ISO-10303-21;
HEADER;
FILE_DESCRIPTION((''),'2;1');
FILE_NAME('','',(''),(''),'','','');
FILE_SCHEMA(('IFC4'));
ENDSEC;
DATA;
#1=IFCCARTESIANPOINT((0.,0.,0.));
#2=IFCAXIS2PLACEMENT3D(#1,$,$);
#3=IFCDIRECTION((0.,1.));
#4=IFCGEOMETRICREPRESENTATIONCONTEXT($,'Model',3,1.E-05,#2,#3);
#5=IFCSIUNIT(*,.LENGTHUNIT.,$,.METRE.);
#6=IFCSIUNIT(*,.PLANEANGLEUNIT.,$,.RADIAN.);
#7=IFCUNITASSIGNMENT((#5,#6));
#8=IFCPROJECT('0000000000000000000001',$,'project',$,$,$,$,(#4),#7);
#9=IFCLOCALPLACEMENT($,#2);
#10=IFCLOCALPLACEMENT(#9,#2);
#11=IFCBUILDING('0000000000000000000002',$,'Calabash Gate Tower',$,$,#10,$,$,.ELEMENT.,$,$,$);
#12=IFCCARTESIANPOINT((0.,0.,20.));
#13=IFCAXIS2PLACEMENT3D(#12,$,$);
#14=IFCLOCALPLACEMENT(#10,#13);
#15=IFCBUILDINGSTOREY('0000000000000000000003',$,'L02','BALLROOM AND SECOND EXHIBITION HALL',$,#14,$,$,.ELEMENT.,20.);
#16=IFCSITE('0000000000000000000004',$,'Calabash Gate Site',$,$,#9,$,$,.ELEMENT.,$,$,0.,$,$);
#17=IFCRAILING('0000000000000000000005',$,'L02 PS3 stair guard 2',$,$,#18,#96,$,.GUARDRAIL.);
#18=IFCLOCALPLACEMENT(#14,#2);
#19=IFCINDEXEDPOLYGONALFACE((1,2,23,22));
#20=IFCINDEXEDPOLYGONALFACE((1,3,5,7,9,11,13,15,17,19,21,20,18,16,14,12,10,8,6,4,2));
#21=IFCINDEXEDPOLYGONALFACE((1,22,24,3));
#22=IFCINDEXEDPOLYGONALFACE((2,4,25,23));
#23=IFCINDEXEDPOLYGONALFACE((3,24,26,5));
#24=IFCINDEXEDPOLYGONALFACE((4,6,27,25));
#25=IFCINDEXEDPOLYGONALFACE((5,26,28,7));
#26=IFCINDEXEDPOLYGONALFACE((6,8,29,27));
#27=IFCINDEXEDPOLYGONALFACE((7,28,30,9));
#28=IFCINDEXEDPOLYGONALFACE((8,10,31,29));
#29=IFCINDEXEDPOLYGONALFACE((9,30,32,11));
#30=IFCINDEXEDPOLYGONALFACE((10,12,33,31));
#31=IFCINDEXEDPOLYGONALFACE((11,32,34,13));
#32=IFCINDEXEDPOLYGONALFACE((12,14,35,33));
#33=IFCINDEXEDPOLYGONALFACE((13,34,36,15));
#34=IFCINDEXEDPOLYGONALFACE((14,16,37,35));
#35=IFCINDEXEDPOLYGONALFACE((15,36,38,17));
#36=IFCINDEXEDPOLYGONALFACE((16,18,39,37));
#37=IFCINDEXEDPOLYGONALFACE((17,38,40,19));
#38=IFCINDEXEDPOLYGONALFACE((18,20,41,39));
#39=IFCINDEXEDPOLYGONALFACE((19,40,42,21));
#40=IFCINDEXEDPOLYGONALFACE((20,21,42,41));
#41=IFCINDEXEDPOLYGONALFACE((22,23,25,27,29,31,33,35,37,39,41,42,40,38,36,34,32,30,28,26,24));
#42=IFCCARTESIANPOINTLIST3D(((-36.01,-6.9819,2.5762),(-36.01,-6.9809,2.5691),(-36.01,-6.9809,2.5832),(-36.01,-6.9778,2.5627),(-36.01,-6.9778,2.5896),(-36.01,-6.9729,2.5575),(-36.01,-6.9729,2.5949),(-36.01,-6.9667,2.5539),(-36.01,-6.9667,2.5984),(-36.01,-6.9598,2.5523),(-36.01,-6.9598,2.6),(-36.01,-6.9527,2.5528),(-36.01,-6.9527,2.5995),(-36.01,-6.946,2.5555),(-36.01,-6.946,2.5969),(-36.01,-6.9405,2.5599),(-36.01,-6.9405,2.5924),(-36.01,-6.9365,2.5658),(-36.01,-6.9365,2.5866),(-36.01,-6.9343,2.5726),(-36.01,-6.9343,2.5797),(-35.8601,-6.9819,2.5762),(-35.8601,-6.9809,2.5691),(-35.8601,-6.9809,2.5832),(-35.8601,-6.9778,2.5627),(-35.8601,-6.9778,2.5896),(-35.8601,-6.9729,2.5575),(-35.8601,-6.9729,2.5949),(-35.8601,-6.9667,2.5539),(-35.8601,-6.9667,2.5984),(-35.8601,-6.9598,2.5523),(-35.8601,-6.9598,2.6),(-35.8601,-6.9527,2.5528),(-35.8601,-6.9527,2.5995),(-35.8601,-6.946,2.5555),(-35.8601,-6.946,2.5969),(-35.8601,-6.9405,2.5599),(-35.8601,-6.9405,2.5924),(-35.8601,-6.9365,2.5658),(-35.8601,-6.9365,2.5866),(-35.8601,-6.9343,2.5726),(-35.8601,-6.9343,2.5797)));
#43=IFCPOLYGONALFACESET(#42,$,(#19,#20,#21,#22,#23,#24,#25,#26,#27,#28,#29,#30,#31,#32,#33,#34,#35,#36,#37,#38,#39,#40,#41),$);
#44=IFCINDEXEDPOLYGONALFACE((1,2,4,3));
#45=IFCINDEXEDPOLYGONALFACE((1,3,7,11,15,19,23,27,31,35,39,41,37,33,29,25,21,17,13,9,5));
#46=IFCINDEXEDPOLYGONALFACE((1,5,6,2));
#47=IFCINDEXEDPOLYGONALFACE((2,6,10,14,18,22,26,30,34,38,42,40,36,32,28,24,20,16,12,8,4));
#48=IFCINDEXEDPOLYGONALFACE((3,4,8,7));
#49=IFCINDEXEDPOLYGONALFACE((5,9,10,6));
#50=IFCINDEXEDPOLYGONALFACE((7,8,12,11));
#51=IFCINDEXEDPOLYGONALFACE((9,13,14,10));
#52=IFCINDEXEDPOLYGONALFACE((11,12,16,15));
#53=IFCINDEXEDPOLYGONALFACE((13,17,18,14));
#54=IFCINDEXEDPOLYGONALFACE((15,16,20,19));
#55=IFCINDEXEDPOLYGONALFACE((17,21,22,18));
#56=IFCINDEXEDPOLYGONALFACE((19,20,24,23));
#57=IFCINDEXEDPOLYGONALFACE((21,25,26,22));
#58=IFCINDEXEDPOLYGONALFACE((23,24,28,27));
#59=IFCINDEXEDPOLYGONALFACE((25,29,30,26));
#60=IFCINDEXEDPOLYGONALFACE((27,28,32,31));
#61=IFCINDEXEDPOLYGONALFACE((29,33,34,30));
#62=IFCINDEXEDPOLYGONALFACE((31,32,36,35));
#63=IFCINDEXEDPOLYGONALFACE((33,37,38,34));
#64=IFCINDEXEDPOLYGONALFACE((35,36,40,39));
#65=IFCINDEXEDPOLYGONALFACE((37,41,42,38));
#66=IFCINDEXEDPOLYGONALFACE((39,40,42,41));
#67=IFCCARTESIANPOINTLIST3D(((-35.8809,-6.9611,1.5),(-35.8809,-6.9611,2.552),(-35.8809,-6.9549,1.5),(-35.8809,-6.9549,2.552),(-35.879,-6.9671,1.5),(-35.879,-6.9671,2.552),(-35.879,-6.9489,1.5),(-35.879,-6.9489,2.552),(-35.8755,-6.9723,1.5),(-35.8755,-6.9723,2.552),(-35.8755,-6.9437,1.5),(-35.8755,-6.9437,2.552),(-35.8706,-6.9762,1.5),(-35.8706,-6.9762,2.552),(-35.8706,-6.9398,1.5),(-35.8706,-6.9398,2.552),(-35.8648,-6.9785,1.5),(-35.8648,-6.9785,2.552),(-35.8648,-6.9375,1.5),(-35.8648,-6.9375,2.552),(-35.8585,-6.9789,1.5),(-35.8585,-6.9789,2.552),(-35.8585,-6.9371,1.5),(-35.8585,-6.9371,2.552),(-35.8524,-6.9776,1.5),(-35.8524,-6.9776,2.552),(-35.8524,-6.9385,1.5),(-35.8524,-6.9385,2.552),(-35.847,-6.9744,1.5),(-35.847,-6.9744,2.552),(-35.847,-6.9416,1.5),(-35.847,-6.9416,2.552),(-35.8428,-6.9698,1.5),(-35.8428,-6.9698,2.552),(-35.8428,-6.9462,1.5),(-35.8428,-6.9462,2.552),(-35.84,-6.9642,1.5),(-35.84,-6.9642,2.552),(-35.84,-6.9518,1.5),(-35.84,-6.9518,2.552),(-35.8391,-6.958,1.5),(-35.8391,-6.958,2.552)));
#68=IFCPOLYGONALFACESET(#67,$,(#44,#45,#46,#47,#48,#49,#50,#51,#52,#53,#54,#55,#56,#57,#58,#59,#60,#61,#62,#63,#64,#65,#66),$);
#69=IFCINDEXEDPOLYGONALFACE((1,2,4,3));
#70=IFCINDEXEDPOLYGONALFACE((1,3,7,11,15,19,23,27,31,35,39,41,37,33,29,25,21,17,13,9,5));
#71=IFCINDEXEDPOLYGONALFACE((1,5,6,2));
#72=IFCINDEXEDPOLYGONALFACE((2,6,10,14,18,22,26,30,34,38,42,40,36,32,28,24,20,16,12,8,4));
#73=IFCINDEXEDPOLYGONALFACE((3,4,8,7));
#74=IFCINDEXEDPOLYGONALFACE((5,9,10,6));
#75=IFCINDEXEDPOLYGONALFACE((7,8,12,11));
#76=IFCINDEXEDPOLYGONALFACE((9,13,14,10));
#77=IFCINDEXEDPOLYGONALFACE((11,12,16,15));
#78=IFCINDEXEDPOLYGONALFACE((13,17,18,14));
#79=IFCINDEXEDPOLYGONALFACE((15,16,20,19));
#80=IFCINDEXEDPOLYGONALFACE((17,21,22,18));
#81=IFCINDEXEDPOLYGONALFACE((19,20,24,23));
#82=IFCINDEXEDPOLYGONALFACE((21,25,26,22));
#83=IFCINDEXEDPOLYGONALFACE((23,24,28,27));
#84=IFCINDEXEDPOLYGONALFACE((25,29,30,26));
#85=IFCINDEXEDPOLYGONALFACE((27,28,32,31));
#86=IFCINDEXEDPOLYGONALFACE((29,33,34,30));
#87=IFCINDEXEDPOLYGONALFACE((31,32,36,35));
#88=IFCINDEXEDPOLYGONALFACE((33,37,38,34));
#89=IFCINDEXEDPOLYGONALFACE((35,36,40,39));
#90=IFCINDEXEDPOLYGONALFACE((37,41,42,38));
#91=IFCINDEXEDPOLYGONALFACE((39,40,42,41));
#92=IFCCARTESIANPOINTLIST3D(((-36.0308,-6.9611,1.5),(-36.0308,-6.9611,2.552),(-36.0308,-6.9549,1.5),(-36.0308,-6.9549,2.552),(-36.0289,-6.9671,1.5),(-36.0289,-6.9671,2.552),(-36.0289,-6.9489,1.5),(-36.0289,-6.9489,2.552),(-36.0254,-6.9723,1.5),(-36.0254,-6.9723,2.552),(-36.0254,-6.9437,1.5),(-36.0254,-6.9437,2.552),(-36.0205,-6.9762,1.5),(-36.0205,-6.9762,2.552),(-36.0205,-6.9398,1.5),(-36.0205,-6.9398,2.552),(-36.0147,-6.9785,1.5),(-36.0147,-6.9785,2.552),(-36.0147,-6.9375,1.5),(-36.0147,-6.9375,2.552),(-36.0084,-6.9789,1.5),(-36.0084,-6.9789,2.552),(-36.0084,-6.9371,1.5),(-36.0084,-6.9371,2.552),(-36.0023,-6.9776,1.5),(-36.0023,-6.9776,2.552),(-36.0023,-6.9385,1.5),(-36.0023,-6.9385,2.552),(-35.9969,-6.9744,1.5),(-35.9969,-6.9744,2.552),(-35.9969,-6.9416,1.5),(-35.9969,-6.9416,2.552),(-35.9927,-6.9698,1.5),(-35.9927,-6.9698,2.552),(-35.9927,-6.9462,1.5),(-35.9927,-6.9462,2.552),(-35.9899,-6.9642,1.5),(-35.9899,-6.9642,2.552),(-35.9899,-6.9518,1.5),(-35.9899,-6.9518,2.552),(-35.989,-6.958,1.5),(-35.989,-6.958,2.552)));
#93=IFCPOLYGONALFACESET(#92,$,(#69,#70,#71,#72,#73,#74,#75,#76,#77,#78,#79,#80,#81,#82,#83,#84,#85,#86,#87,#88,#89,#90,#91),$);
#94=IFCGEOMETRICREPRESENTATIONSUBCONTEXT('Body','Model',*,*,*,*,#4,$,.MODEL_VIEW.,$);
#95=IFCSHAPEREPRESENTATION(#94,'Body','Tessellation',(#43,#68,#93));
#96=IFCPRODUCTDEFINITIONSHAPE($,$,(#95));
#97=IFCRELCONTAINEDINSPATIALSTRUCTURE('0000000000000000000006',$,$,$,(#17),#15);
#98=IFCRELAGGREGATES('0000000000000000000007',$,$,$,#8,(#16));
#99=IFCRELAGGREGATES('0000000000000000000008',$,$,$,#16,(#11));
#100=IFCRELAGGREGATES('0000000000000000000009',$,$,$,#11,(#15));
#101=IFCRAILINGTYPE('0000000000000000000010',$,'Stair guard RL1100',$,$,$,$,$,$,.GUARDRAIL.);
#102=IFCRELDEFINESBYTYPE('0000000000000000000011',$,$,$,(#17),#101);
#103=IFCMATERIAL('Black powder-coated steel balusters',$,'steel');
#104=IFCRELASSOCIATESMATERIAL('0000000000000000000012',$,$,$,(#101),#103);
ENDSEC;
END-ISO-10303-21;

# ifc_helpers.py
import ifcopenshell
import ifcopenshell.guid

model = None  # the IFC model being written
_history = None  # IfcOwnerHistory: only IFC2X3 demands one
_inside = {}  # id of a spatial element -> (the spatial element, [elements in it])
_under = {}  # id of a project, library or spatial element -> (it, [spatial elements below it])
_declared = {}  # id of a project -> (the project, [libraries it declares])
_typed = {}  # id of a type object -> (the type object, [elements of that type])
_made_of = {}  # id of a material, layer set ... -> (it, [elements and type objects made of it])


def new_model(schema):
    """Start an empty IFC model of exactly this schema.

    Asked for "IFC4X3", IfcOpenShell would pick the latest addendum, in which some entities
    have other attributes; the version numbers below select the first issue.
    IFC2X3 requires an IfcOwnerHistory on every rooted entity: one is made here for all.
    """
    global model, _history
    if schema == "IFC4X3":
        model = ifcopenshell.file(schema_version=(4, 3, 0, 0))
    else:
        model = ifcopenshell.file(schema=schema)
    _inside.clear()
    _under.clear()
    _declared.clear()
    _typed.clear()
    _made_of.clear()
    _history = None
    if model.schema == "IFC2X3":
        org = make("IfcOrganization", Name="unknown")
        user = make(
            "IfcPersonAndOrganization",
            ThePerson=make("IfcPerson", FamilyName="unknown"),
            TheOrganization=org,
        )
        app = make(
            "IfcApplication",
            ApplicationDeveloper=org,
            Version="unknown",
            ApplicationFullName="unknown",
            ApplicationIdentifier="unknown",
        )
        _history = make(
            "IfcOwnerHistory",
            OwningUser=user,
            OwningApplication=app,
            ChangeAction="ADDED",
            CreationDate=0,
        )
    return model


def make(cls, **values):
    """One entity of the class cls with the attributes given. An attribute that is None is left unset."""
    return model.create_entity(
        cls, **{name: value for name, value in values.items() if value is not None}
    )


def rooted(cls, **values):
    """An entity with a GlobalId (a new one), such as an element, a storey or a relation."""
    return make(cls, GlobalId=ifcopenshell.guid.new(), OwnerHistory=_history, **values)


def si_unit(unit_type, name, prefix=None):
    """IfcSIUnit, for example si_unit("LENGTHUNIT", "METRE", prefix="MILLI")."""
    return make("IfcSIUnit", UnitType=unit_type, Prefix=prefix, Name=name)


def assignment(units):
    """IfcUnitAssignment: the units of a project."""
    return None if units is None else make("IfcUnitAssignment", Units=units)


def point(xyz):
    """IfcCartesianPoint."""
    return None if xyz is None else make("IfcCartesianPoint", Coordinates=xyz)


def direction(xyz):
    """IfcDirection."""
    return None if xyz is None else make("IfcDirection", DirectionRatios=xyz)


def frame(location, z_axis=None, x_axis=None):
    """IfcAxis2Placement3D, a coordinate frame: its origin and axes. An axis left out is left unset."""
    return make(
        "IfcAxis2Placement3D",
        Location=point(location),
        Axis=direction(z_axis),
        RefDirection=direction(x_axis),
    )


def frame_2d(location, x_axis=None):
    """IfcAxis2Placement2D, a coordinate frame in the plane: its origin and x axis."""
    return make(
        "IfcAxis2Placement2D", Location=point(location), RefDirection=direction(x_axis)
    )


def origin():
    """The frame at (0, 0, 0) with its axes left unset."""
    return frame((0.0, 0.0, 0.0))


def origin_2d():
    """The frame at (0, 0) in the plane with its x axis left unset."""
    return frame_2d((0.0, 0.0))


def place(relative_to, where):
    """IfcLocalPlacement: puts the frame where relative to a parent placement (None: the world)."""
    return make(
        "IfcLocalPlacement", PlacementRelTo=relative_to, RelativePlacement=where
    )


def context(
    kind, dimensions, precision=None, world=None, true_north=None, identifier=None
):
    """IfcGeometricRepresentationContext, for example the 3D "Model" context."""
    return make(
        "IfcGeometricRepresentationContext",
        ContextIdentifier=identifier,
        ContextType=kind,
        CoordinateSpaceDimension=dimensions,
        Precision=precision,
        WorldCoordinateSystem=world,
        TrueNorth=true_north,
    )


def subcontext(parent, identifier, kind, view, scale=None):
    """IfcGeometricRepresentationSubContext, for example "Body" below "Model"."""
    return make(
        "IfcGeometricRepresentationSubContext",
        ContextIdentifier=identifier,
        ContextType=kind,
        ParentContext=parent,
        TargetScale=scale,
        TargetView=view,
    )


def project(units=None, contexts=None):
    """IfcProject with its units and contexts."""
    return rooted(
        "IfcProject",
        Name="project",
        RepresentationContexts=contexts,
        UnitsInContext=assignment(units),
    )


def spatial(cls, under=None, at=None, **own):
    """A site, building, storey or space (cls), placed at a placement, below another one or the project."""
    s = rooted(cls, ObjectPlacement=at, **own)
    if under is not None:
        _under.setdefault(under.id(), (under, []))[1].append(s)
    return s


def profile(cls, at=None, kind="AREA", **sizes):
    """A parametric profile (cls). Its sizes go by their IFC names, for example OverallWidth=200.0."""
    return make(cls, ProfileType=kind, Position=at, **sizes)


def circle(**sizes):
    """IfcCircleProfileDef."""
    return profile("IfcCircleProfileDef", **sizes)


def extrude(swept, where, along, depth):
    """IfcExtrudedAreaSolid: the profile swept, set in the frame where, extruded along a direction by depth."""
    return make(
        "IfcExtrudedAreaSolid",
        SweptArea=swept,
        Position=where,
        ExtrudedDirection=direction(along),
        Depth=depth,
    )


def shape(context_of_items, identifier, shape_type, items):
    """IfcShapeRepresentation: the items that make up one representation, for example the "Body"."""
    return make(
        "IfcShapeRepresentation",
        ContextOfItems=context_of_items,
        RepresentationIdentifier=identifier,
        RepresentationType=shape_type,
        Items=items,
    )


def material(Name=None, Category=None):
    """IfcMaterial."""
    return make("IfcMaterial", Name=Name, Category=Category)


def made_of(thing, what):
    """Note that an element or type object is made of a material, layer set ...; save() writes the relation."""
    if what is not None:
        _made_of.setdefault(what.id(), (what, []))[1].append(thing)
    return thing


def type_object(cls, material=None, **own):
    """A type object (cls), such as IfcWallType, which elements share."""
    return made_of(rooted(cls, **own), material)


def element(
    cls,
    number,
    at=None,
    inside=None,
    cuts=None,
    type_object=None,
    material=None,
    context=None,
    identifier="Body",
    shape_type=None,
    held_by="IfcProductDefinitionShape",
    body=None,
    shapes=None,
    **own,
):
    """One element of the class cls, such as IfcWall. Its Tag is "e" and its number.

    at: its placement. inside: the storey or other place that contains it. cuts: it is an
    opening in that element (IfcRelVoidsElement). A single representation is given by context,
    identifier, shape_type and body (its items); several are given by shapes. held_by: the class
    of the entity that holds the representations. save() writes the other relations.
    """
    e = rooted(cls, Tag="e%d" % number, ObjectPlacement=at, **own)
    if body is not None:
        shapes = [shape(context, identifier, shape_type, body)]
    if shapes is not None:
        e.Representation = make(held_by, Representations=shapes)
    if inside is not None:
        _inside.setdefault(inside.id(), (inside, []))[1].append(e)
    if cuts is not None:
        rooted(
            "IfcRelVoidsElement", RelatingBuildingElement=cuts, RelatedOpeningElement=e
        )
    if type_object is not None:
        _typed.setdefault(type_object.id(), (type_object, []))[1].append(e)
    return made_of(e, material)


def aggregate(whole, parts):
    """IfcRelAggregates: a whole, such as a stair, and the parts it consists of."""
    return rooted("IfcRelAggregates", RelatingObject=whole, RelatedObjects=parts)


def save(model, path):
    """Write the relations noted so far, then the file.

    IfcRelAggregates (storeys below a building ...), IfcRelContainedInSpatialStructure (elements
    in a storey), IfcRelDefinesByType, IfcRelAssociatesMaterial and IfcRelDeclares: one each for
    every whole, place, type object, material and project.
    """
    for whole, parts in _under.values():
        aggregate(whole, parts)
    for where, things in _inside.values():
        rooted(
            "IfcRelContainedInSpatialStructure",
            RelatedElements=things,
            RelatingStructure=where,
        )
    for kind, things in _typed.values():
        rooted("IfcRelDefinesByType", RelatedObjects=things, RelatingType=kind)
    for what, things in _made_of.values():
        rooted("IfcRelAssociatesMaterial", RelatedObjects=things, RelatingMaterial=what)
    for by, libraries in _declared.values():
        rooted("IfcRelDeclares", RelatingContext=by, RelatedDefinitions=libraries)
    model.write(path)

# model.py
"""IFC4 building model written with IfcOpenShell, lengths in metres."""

from ifc_helpers import new_model, si_unit, direction, frame, origin, origin_2d, place, context, subcontext, project, spatial, circle, extrude, material, type_object, element, save


model = new_model("IFC4")

# Units and contexts
model_context = context("Model", 3, precision=1e-05, world=origin(), true_north=direction((0.0, 1.0)))
body_context = subcontext(model_context, "Body", "Model", "MODEL_VIEW")
ifc_project = project(units=[si_unit("LENGTHUNIT", "METRE"), si_unit("PLANEANGLEUNIT", "RADIAN")], contexts=[model_context])

# Site, building, storey
site_placement = place(None, origin())
site = spatial("IfcSite", under=ifc_project, at=site_placement, Name="Calabash Gate Site", CompositionType="ELEMENT", RefElevation=0.0)
building_placement = place(site_placement, origin())
building = spatial("IfcBuilding", under=site, at=building_placement, Name="Calabash Gate Tower", CompositionType="ELEMENT")
storey_placement = place(building_placement, frame((0.0, 0.0, 20.0)))
storey = spatial("IfcBuildingStorey", under=building, at=storey_placement, Name="L02", Description="BALLROOM AND SECOND EXHIBITION HALL", CompositionType="ELEMENT", Elevation=20.0)

# Railing
ifc_material_1 = material(Name="Black powder-coated steel balusters", Category="steel")
railing_type_1 = type_object("IfcRailingType", Name="Stair guard RL1100", PredefinedType="GUARDRAIL", material=ifc_material_1)
railing_1_placement = place(storey_placement, frame((-35.8601, -6.958, 1.5)))
element("IfcRailing", 1, at=railing_1_placement, inside=storey, type_object=railing_type_1, Name="L02 PS3 stair guard 2", PredefinedType="GUARDRAIL", context=body_context, shape_type="SweptSolid", body=[
    extrude(circle(Radius=0.0239, at=origin_2d()), frame((0.0, 0.0, 1.0762), z_axis=(-1.0, 0.0, 0.0), x_axis=(0.0, -1.0, 0.0)), (0.0, 0.0, 1.0), 0.1499),
    extrude(circle(Radius=0.021, at=origin_2d()), origin(), (0.0, 0.0, 1.0), 1.052),
    extrude(circle(Radius=0.021, at=origin_2d()), frame((-0.1499, 0.0, 0.0)), (0.0, 0.0, 1.0), 1.052),
])

save(model, "model.ifc")
